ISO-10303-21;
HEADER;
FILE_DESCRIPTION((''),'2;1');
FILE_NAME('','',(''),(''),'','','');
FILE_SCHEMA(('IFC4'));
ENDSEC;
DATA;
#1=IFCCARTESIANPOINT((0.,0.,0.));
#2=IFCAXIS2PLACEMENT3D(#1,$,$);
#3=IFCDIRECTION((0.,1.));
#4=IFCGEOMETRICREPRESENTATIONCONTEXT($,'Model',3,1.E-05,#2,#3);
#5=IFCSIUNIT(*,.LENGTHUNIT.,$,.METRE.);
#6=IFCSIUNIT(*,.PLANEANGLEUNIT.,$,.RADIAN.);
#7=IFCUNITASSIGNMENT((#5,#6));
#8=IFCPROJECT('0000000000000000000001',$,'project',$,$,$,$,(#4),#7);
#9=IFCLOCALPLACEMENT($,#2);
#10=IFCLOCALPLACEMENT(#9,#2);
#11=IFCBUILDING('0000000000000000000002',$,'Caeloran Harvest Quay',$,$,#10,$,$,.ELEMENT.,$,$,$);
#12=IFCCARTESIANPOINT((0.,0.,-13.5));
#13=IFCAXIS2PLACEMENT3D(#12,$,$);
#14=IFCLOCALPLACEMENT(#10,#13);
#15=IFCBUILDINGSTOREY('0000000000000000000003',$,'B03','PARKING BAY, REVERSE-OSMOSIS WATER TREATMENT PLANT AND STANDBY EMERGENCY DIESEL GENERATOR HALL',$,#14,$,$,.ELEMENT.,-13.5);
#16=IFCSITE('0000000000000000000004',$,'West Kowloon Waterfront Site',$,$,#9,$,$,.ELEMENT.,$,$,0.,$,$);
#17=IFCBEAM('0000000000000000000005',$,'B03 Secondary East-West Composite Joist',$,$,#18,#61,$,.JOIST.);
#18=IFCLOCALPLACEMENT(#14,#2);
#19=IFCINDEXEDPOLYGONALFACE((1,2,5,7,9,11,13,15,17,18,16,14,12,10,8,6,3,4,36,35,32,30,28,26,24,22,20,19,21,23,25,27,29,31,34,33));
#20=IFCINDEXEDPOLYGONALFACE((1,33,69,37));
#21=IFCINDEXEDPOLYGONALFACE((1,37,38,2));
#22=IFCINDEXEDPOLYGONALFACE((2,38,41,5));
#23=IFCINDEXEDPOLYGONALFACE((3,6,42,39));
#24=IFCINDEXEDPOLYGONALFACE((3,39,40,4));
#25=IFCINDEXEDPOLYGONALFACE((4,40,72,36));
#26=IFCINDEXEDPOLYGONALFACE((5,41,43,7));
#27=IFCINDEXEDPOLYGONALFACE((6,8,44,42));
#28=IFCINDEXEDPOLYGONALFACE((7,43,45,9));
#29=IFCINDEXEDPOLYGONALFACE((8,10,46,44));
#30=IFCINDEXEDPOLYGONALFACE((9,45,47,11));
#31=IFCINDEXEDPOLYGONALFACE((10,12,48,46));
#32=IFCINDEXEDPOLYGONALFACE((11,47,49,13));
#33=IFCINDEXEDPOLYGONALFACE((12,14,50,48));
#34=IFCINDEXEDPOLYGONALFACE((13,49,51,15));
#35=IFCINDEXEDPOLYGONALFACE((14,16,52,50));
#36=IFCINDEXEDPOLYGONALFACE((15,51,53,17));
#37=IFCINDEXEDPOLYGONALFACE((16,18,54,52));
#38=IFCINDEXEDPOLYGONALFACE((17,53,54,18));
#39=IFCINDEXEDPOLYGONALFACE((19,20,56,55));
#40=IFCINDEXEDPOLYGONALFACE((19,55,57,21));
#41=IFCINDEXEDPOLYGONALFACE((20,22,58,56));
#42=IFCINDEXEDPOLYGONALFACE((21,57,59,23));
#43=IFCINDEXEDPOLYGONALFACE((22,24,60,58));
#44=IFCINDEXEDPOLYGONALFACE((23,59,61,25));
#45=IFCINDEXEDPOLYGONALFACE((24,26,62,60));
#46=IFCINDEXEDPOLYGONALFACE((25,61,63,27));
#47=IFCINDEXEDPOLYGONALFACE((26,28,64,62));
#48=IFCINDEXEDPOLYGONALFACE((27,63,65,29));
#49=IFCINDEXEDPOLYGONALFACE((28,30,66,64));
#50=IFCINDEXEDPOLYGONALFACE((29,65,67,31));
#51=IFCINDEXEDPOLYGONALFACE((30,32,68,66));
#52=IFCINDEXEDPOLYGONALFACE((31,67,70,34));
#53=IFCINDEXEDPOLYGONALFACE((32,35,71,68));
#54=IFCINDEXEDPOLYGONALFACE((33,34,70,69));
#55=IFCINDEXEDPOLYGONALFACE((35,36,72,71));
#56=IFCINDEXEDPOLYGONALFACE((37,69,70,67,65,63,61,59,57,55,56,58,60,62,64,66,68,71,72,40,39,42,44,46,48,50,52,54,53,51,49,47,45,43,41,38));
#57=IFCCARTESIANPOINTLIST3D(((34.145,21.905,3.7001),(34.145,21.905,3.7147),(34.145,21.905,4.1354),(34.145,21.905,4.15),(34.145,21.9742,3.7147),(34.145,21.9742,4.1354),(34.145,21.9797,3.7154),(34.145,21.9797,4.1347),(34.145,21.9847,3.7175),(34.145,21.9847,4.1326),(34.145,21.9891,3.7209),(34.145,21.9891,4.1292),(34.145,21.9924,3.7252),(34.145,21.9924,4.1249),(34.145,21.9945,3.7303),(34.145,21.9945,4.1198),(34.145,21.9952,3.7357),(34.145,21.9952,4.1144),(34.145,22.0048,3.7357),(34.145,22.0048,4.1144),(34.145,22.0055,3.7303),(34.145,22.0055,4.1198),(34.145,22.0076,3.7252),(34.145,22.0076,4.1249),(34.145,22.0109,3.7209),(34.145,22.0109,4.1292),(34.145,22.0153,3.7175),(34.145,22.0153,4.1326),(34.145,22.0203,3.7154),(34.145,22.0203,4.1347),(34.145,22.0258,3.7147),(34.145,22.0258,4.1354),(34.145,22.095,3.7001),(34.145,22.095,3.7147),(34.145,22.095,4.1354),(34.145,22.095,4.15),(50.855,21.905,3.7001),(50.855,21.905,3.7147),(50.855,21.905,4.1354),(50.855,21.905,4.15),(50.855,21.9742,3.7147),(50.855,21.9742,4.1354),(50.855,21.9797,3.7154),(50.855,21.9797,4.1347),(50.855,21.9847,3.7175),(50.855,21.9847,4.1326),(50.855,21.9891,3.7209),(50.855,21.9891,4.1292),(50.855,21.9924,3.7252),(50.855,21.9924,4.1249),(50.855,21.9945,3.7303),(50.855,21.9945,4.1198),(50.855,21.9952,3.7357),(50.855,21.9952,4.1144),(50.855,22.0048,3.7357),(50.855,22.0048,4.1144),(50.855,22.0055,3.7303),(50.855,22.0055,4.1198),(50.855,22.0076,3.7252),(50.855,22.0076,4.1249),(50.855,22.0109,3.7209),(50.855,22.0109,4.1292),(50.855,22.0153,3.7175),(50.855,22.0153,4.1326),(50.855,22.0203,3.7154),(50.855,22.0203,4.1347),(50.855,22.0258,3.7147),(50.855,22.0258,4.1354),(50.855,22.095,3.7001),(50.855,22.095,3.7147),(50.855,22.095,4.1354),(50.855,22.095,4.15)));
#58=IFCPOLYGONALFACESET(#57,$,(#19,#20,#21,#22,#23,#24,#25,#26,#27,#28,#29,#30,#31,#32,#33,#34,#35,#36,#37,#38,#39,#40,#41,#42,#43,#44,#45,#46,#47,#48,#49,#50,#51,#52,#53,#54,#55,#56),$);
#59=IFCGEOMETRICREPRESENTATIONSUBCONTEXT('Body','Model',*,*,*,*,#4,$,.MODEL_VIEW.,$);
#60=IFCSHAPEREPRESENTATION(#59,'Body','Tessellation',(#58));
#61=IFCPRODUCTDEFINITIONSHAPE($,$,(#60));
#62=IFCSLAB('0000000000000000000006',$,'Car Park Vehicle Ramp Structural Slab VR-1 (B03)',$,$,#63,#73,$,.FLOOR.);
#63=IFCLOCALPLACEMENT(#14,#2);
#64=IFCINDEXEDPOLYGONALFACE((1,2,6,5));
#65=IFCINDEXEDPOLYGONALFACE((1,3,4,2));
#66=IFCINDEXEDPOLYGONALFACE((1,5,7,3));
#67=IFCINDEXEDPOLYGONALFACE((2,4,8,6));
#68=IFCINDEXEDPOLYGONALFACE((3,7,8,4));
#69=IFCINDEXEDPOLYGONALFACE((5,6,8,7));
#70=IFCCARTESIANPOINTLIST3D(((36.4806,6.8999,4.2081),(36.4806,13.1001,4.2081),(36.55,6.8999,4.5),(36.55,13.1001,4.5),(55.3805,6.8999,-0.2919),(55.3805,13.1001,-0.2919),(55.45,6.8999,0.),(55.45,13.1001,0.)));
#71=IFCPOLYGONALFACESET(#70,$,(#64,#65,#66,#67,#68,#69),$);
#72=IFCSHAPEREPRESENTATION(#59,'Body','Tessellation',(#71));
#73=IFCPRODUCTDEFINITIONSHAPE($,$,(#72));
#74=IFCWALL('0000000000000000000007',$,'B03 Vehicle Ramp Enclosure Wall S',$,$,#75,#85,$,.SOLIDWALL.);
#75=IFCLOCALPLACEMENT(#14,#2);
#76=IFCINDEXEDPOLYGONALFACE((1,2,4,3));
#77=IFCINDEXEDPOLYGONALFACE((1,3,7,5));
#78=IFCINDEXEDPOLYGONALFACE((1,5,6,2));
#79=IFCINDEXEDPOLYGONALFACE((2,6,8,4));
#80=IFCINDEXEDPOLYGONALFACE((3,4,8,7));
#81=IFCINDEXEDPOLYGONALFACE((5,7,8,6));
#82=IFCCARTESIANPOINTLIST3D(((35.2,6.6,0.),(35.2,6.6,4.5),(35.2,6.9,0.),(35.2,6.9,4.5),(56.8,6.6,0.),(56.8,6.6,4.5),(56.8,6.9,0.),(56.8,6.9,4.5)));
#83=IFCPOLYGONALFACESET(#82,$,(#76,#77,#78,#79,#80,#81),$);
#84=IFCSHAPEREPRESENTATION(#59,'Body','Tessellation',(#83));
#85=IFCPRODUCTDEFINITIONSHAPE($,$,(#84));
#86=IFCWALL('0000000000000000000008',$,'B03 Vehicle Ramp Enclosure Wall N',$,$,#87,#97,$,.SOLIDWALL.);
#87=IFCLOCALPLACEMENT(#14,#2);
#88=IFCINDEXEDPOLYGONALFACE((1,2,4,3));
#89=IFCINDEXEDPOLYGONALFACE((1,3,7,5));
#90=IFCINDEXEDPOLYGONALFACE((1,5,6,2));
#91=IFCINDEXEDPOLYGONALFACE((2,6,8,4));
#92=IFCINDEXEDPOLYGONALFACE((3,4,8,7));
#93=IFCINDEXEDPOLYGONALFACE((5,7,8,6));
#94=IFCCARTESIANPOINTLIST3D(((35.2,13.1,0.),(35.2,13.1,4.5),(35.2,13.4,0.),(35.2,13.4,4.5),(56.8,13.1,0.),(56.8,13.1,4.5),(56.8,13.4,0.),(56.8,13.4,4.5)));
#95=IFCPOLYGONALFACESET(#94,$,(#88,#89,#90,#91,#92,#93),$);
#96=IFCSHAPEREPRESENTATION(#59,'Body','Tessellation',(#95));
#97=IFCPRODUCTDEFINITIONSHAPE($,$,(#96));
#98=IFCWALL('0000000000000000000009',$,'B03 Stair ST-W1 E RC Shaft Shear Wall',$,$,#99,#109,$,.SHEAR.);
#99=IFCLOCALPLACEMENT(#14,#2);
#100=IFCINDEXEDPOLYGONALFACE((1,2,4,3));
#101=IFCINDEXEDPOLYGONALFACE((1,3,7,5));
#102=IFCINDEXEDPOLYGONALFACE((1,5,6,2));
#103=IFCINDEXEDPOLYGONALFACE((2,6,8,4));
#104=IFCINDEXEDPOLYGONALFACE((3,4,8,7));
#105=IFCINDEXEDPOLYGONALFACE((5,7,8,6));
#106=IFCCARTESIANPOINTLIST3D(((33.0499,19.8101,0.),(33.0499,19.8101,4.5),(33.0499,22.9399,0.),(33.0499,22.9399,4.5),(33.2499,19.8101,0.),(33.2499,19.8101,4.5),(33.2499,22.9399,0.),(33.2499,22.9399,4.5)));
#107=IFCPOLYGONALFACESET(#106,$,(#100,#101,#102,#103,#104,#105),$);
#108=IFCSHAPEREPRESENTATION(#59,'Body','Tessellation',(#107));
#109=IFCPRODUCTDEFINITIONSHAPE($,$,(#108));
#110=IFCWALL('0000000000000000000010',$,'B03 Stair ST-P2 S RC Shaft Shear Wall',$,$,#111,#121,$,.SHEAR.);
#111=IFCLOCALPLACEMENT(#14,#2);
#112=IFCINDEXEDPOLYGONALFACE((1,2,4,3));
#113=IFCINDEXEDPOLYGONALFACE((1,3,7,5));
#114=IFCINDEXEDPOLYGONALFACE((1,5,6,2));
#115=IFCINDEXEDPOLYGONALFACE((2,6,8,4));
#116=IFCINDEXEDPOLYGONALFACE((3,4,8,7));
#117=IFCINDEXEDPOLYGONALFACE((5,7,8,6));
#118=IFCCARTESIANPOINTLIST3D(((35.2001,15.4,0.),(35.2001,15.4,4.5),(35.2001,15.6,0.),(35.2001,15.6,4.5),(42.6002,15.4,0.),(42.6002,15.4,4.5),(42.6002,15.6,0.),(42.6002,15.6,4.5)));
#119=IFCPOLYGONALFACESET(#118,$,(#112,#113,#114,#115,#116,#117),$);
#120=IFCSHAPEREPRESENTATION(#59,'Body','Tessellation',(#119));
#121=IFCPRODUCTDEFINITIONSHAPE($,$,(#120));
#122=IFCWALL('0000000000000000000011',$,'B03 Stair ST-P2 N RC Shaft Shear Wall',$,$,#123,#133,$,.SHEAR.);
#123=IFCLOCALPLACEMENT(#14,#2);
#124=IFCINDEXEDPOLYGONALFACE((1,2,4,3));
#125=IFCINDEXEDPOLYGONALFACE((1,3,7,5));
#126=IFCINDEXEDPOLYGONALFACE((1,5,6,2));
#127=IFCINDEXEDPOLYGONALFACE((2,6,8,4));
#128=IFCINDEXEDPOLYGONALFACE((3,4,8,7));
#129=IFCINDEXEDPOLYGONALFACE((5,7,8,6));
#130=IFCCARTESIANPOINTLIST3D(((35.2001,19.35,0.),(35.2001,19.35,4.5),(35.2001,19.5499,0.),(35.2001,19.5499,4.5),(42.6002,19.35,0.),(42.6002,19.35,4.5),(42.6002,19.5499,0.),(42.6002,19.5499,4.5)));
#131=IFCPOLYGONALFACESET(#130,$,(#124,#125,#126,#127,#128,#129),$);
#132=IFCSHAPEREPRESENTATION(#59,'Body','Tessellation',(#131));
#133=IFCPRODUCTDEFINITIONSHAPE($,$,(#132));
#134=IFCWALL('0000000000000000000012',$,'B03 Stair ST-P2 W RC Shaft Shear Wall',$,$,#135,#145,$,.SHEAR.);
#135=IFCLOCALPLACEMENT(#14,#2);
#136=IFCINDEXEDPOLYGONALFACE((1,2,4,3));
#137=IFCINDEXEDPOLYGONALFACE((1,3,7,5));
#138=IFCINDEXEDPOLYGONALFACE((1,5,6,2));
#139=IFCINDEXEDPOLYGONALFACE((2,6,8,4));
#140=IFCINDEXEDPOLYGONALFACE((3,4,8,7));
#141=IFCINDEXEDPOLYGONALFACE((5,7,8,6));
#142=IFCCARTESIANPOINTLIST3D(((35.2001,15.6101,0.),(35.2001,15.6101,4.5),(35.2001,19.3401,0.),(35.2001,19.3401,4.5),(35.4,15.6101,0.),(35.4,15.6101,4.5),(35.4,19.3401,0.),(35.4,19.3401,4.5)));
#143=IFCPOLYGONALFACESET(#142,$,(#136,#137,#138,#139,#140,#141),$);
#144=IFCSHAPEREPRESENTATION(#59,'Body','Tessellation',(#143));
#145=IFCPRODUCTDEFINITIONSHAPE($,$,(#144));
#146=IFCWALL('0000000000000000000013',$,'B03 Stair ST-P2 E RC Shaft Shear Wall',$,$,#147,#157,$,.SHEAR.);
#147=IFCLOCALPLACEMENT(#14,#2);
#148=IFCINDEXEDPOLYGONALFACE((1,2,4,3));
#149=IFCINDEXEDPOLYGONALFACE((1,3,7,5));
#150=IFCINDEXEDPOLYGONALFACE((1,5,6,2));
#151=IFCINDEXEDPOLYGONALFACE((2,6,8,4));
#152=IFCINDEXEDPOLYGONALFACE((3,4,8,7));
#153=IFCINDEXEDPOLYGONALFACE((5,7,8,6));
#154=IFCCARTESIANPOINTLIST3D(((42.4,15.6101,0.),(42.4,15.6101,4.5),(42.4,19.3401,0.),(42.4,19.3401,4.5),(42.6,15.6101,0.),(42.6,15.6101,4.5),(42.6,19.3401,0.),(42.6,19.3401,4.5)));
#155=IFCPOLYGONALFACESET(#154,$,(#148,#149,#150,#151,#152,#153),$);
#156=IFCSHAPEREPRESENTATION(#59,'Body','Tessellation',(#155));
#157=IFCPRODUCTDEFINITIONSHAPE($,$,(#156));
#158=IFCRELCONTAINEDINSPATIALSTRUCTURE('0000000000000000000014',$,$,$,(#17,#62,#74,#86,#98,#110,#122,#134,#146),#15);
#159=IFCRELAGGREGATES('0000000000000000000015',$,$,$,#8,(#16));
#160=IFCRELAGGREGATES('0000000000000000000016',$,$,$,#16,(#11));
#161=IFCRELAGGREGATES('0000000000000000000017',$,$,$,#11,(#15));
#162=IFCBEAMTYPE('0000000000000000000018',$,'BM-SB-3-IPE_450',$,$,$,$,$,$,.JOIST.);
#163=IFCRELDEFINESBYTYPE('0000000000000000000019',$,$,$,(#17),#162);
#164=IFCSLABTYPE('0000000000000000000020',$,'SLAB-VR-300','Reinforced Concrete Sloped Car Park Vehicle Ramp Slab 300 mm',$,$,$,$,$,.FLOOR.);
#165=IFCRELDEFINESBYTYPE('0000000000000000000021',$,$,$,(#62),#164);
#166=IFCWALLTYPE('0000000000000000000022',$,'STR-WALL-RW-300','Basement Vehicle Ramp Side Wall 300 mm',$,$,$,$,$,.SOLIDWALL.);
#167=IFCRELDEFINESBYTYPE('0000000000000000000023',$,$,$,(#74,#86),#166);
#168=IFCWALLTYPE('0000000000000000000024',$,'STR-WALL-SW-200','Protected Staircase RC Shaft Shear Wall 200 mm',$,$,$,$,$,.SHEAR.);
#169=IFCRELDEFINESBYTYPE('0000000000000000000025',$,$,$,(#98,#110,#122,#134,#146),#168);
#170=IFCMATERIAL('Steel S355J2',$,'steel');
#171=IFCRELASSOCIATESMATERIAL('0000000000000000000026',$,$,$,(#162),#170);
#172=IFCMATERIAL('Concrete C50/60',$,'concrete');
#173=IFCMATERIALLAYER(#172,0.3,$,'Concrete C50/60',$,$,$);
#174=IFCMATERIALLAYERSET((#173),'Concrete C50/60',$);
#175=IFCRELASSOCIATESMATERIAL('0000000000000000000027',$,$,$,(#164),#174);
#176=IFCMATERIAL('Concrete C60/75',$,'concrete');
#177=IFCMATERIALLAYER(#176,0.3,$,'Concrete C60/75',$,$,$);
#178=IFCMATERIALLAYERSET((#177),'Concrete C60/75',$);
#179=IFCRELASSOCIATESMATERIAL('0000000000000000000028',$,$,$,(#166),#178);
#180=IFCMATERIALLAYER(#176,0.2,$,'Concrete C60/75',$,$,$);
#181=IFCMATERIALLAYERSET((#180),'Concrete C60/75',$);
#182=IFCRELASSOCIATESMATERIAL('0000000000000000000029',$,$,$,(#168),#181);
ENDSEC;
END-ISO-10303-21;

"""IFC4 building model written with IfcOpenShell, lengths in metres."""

from ifc_helpers import new_model, si_unit, direction, frame, frame_2d, origin, origin_2d, place, context, subcontext, project, spatial, polyline, rectangle, i_section, outline, extrude, material, layer, layer_set, material_profile, profile_set, type_object, element, save


model = new_model("IFC4")

# Units and contexts
model_context = context("Model", 3, precision=1e-05, world=origin(), true_north=direction((0.0, 1.0)))
body_context = subcontext(model_context, "Body", "Model", "MODEL_VIEW")
ifc_project = project(units=[si_unit("LENGTHUNIT", "METRE"), si_unit("PLANEANGLEUNIT", "RADIAN")], contexts=[model_context])

# Site, building, storey
site_placement = place(None, origin())
site = spatial("IfcSite", under=ifc_project, at=site_placement, Name="West Kowloon Waterfront Site", CompositionType="ELEMENT", RefElevation=0.0)
building_placement = place(site_placement, origin())
building = spatial("IfcBuilding", under=site, at=building_placement, Name="Caeloran Harvest Quay", CompositionType="ELEMENT")
storey_placement = place(building_placement, frame((0.0, 0.0, -13.5)))
storey = spatial("IfcBuildingStorey", under=building, at=storey_placement, Name="B03", Description="PARKING BAY, REVERSE-OSMOSIS WATER TREATMENT PLANT AND STANDBY EMERGENCY DIESEL GENERATOR HALL", CompositionType="ELEMENT", Elevation=-13.5)

# Shared definitions
ifc_material_1 = material(Name="Concrete C60/75", Category="concrete")

# Beam
ifc_material_2 = material(Name="Steel S355J2", Category="steel")
ifc_material_profile_1 = material_profile(ifc_material_2, i_section(OverallWidth=0.1899, OverallDepth=0.45, WebThickness=0.0095, FlangeThickness=0.0146, FilletRadius=0.021, at=origin_2d()), Name="IPE 450")
ifc_profile_set_1 = profile_set([ifc_material_profile_1], Name="Steel S355J2")
beam_type_1 = type_object("IfcBeamType", Name="BM-SB-3-IPE_450", PredefinedType="JOIST", material=ifc_profile_set_1)
for number, where, z_axis, x_axis, name in (
    (1, (34.145, 22.0, 3.925), (1.0, 0.0, 0.0), (0.0, 1.0, 0.0), "B03 Secondary East-West Composite Joist"),
):
    element("IfcBeam", number, at=place(storey_placement, frame(where, z_axis=z_axis, x_axis=x_axis)), inside=storey, type_object=beam_type_1, Name=name, PredefinedType="JOIST", context=body_context, shape_type="SweptSolid", body=[
        extrude(i_section(OverallWidth=0.1899, OverallDepth=0.45, WebThickness=0.0095, FlangeThickness=0.0146, FilletRadius=0.021, at=origin_2d()), origin(), (0.0, 0.0, 1.0), 16.71),
    ])

# Slab
ifc_material_3 = material(Name="Concrete C50/60", Category="concrete")
ifc_layer_1 = layer(ifc_material_3, 0.3, Name="Concrete C50/60")
ifc_layer_set_1 = layer_set([ifc_layer_1], Name="Concrete C50/60")
slab_type = type_object("IfcSlabType", Name="SLAB-VR-300", Description="Reinforced Concrete Sloped Car Park Vehicle Ramp Slab 300 mm", PredefinedType="FLOOR", material=ifc_layer_set_1)
slab_placement = place(storey_placement, frame((36.55, 6.8999, 4.5), z_axis=(0.231622, 0.0, 0.972806), x_axis=(0.972806, 0.0, -0.231622)))
element("IfcSlab", 2, at=slab_placement, inside=storey, type_object=slab_type, Name="Car Park Vehicle Ramp Structural Slab VR-1 (B03)", PredefinedType="FLOOR", context=body_context, shape_type="SweptSolid", body=[
    extrude(outline(polyline([(0.0, 0.0), (19.4282, 0.0), (19.4282, 6.2002), (0.0, 6.2002), (0.0, 0.0)])), origin(), (0.0, 0.0, -1.0), 0.3),
])

# Walls
ifc_layer_2 = layer(ifc_material_1, 0.3, Name="Concrete C60/75")
ifc_layer_set_2 = layer_set([ifc_layer_2], Name="Concrete C60/75")
wall_type_1 = type_object("IfcWallType", Name="STR-WALL-RW-300", Description="Basement Vehicle Ramp Side Wall 300 mm", PredefinedType="SOLIDWALL", material=ifc_layer_set_2)
for number, where, z_axis, x_axis, name in (
    (3, (35.2, 6.75, 0.0), (0.0, 0.0, 1.0), (1.0, 0.0, 0.0), "B03 Vehicle Ramp Enclosure Wall S"),
    (4, (35.2, 13.25, 0.0), (0.0, 0.0, 1.0), (1.0, 0.0, 0.0), "B03 Vehicle Ramp Enclosure Wall N"),
):
    element("IfcWall", number, at=place(storey_placement, frame(where, z_axis=z_axis, x_axis=x_axis)), inside=storey, type_object=wall_type_1, Name=name, PredefinedType="SOLIDWALL", context=body_context, shape_type="SweptSolid", body=[
        extrude(rectangle(XDim=21.6001, YDim=0.3, at=frame_2d((10.8, 0.0))), origin(), (0.0, 0.0, 1.0), 4.5),
    ])
ifc_layer_3 = layer(ifc_material_1, 0.2, Name="Concrete C60/75")
ifc_layer_set_3 = layer_set([ifc_layer_3], Name="Concrete C60/75")
wall_type_2 = type_object("IfcWallType", Name="STR-WALL-SW-200", Description="Protected Staircase RC Shaft Shear Wall 200 mm", PredefinedType="SHEAR", material=ifc_layer_set_3)
wall_placement = place(storey_placement, frame((33.1499, 19.8101, 0.0), z_axis=(0.0, 0.0, 1.0), x_axis=(0.0, 1.0, 0.0)))
element("IfcWall", 5, at=wall_placement, inside=storey, type_object=wall_type_2, Name="B03 Stair ST-W1 E RC Shaft Shear Wall", PredefinedType="SHEAR", context=body_context, shape_type="SweptSolid", body=[
    extrude(rectangle(XDim=3.1299, YDim=0.2, at=frame_2d((1.5649, 0.0))), origin(), (0.0, 0.0, 1.0), 4.5),
])
for number, where, z_axis, x_axis, name in (
    (6, (35.2, 15.5, 0.0), (0.0, 0.0, 1.0), (1.0, 0.0, 0.0), "B03 Stair ST-P2 S RC Shaft Shear Wall"),
    (7, (35.2, 19.45, 0.0), (0.0, 0.0, 1.0), (1.0, 0.0, 0.0), "B03 Stair ST-P2 N RC Shaft Shear Wall"),
):
    element("IfcWall", number, at=place(storey_placement, frame(where, z_axis=z_axis, x_axis=x_axis)), inside=storey, type_object=wall_type_2, Name=name, PredefinedType="SHEAR", context=body_context, shape_type="SweptSolid", body=[
        extrude(rectangle(XDim=7.4001, YDim=0.2, at=frame_2d((3.7002, 0.0))), origin(), (0.0, 0.0, 1.0), 4.5),
    ])
for number, where, z_axis, x_axis, name in (
    (8, (35.3, 15.6101, 0.0), (0.0, 0.0, 1.0), (0.0, 1.0, 0.0), "B03 Stair ST-P2 W RC Shaft Shear Wall"),
    (9, (42.5, 15.6101, 0.0), (0.0, 0.0, 1.0), (0.0, 1.0, 0.0), "B03 Stair ST-P2 E RC Shaft Shear Wall"),
):
    element("IfcWall", number, at=place(storey_placement, frame(where, z_axis=z_axis, x_axis=x_axis)), inside=storey, type_object=wall_type_2, Name=name, PredefinedType="SHEAR", context=body_context, shape_type="SweptSolid", body=[
        extrude(rectangle(XDim=3.73, YDim=0.2, at=frame_2d((1.865, 0.0))), origin(), (0.0, 0.0, 1.0), 4.5),
    ])

save(model, "model.ifc")
